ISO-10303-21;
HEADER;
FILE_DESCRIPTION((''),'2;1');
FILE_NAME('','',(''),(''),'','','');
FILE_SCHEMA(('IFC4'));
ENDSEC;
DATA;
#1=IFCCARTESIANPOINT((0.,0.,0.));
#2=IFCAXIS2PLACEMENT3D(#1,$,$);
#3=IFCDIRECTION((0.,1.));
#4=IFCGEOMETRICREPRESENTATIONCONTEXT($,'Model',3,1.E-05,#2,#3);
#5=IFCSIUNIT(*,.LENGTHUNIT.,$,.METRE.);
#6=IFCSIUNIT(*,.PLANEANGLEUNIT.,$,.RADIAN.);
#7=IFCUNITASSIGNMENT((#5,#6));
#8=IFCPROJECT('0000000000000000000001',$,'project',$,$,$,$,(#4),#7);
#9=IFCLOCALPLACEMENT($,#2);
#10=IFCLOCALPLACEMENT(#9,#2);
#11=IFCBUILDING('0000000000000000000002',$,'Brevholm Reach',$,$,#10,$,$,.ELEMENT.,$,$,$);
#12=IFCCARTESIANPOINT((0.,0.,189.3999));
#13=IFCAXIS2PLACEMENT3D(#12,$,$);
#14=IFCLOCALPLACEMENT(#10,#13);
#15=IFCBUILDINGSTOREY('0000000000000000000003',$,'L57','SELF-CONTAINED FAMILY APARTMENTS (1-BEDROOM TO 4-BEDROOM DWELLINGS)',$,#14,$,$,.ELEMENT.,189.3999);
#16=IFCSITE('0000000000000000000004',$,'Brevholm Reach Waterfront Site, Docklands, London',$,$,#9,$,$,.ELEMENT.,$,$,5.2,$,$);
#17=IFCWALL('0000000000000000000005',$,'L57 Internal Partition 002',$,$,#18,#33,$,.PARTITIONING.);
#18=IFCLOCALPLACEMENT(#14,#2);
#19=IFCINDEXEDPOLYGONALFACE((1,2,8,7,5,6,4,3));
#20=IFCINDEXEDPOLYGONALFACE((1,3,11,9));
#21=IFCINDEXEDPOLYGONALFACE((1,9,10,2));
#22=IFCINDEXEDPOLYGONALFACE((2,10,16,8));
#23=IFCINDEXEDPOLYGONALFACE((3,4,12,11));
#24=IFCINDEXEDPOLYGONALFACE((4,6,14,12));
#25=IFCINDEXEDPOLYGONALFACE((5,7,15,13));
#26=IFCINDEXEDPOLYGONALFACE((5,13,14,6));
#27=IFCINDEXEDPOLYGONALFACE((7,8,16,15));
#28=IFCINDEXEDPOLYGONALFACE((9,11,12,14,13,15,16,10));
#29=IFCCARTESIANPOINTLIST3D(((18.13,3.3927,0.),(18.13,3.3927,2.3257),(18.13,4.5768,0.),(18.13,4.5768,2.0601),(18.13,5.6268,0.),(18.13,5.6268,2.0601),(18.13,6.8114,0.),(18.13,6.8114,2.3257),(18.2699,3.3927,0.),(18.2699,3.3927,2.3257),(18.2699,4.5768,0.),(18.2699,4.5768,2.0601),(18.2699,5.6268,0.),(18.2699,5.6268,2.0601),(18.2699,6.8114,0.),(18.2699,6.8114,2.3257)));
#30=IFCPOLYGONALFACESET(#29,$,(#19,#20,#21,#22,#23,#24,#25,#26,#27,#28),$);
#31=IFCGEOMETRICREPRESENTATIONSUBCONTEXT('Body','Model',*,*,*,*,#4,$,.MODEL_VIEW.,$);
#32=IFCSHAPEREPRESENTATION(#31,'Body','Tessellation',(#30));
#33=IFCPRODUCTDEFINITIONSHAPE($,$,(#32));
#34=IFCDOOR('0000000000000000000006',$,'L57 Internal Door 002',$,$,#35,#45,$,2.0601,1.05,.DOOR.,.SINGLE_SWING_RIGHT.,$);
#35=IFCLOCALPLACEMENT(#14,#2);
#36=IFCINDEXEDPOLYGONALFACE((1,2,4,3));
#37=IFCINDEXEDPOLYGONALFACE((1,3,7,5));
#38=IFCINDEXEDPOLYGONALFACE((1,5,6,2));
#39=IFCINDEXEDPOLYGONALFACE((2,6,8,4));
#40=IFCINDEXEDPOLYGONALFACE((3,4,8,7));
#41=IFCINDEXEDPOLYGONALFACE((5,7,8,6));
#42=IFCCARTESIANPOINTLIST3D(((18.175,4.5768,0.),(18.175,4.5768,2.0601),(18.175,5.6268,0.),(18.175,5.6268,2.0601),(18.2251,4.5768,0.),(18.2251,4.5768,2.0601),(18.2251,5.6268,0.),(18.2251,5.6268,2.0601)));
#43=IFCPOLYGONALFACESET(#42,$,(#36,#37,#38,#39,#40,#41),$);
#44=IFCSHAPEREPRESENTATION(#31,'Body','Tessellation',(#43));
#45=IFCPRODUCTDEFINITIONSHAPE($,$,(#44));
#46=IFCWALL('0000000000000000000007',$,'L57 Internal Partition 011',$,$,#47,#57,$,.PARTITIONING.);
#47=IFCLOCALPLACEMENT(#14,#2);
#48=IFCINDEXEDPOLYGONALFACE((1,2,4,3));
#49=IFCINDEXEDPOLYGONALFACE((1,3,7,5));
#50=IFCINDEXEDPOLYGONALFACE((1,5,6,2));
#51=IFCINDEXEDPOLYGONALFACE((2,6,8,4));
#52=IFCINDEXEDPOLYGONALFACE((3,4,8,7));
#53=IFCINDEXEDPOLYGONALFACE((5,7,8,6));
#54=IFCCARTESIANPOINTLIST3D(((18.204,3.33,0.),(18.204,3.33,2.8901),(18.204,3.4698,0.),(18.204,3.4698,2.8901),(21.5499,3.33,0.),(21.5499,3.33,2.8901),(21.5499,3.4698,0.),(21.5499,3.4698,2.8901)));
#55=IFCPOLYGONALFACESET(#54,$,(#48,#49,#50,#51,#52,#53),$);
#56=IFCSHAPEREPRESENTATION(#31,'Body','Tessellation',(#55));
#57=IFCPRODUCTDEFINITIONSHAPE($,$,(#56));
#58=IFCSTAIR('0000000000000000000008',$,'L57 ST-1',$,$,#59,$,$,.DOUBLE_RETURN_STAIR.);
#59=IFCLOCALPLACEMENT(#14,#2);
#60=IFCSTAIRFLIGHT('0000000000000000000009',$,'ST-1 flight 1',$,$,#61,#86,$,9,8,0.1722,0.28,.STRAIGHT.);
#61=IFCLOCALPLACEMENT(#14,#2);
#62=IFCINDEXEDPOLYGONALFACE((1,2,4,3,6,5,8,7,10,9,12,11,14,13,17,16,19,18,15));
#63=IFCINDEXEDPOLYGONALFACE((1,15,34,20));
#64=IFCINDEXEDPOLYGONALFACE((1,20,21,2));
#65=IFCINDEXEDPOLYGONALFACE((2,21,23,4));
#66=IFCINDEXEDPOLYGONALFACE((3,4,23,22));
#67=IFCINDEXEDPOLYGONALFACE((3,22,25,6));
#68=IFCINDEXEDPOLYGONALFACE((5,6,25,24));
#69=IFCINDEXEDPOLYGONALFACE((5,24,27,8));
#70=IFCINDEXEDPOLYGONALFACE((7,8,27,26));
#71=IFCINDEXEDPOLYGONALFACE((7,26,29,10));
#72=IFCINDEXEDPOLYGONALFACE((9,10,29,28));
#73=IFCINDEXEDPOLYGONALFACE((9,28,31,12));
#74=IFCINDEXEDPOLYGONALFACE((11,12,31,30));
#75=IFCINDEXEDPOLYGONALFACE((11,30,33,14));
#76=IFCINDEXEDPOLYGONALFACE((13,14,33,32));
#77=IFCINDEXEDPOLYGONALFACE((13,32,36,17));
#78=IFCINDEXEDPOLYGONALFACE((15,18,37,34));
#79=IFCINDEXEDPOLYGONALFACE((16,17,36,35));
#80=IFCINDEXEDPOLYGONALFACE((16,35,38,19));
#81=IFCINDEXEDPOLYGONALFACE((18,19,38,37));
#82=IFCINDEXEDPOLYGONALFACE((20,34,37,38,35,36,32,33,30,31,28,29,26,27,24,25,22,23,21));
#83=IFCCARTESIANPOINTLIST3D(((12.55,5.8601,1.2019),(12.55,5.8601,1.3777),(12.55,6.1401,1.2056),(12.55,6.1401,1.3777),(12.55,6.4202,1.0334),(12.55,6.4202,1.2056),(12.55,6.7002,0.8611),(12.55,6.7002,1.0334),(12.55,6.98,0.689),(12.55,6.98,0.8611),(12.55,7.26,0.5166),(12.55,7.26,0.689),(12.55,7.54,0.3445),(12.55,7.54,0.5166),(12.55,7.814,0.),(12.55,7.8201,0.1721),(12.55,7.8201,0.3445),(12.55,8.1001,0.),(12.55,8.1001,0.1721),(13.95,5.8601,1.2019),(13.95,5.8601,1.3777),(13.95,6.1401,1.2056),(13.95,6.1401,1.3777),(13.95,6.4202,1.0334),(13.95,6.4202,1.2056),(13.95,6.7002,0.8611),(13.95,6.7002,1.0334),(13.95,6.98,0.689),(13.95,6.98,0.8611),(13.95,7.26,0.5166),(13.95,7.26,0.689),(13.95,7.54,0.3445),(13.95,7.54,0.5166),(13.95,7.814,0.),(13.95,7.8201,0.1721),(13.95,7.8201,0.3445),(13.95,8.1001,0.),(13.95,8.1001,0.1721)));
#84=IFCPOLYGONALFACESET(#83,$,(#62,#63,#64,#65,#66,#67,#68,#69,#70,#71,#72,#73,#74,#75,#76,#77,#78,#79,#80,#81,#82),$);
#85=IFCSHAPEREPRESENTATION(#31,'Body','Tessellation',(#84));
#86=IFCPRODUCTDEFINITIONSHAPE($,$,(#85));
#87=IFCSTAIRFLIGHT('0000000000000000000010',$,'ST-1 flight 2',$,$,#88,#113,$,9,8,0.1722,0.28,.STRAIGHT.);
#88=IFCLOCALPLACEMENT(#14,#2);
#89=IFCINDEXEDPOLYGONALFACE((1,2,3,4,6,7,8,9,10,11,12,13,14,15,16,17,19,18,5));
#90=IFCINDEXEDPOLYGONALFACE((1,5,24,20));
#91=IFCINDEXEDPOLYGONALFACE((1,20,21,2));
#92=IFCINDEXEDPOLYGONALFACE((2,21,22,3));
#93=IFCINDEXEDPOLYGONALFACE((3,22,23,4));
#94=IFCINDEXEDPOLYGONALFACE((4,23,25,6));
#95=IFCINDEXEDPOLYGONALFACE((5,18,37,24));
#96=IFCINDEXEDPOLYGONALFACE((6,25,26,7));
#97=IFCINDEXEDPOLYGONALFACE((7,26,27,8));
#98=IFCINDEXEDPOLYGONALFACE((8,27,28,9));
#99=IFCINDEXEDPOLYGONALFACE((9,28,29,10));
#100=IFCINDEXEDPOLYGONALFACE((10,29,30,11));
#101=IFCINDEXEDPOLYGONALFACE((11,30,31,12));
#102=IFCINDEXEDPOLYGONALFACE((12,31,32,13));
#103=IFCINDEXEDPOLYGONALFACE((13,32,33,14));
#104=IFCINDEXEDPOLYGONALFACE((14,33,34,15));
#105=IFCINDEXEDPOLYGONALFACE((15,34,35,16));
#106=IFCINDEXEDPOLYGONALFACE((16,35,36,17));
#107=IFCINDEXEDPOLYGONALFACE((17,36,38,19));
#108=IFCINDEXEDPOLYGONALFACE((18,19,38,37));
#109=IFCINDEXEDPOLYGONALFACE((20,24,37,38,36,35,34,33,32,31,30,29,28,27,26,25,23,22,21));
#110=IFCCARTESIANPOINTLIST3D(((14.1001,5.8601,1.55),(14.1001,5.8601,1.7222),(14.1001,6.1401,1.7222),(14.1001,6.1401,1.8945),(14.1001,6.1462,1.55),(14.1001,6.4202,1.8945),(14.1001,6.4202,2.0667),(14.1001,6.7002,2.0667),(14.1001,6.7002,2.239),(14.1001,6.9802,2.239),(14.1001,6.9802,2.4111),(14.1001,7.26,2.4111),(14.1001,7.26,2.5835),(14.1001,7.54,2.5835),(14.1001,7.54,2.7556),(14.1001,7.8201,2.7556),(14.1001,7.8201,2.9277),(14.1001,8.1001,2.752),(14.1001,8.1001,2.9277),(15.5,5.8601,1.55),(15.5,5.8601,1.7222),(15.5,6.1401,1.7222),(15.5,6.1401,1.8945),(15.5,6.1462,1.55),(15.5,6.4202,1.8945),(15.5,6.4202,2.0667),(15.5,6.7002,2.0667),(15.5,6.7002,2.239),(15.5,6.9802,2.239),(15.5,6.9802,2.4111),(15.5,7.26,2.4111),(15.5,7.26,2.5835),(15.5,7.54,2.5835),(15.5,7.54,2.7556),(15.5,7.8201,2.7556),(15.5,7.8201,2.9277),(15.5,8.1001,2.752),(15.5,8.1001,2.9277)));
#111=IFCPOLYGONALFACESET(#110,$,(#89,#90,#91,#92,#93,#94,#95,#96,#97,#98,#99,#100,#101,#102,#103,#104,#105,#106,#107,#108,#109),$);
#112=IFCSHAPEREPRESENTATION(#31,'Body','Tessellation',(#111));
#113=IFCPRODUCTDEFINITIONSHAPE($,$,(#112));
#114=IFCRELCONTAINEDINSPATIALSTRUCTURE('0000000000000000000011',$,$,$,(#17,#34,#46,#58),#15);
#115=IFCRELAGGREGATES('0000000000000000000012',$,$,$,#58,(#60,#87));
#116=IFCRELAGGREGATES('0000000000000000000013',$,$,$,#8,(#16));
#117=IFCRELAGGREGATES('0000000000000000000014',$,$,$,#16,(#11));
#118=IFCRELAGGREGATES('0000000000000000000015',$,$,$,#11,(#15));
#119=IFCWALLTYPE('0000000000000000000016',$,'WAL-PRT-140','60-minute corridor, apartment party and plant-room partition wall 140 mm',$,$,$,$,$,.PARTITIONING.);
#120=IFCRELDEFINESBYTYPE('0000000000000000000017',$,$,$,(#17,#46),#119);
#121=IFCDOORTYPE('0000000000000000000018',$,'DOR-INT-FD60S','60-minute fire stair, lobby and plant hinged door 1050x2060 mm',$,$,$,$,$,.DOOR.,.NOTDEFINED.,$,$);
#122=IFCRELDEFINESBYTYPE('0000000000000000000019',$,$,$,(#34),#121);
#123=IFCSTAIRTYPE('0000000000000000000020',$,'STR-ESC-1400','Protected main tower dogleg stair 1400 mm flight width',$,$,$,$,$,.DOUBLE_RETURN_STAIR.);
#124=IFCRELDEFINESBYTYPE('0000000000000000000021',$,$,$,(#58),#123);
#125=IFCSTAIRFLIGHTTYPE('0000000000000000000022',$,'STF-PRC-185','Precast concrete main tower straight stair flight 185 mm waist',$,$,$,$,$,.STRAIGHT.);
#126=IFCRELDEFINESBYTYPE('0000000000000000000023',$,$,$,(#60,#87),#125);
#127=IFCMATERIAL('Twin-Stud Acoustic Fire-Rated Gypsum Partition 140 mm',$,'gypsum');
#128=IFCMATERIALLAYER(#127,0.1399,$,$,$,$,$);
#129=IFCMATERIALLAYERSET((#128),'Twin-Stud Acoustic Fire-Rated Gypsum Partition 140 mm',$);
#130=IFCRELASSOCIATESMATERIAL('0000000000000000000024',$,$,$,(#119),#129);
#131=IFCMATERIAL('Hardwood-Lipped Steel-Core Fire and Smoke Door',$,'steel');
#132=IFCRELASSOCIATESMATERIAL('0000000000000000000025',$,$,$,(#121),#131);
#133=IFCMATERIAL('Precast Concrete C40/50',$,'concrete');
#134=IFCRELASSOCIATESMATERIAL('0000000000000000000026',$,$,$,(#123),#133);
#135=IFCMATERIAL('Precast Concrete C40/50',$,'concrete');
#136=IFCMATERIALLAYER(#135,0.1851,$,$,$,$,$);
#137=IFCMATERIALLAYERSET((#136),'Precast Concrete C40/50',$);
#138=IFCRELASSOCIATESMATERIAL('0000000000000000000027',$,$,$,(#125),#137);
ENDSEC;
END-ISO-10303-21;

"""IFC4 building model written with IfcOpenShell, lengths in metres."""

from ifc_helpers import new_model, si_unit, direction, frame, frame_2d, origin, place, context, subcontext, project, spatial, polyline, rectangle, outline, extrude, material, layer, layer_set, type_object, element, fill, aggregate, save


model = new_model("IFC4")

# Units and contexts
model_context = context("Model", 3, precision=1e-05, world=origin(), true_north=direction((0.0, 1.0)))
body_context = subcontext(model_context, "Body", "Model", "MODEL_VIEW")
ifc_project = project(units=[si_unit("LENGTHUNIT", "METRE"), si_unit("PLANEANGLEUNIT", "RADIAN")], contexts=[model_context])

# Site, building, storey
site_placement = place(None, origin())
site = spatial("IfcSite", under=ifc_project, at=site_placement, Name="Brevholm Reach Waterfront Site, Docklands, London", CompositionType="ELEMENT", RefElevation=5.2)
building_placement = place(site_placement, origin())
building = spatial("IfcBuilding", under=site, at=building_placement, Name="Brevholm Reach", CompositionType="ELEMENT")
storey_placement = place(building_placement, frame((0.0, 0.0, 189.3999)))
storey = spatial("IfcBuildingStorey", under=building, at=storey_placement, Name="L57", Description="SELF-CONTAINED FAMILY APARTMENTS (1-BEDROOM TO 4-BEDROOM DWELLINGS)", CompositionType="ELEMENT", Elevation=189.3999)

# Wall, opening, door
ifc_material_1 = material(Name="Twin-Stud Acoustic Fire-Rated Gypsum Partition 140 mm", Category="gypsum")
ifc_layer_1 = layer(ifc_material_1, 0.1399)
ifc_layer_set_1 = layer_set([ifc_layer_1], Name="Twin-Stud Acoustic Fire-Rated Gypsum Partition 140 mm")
wall_type_1 = type_object("IfcWallType", Name="WAL-PRT-140", Description="60-minute corridor, apartment party and plant-room partition wall 140 mm", PredefinedType="PARTITIONING", material=ifc_layer_set_1)
ifc_material_2 = material(Name="Hardwood-Lipped Steel-Core Fire and Smoke Door", Category="steel")
door_type_1 = type_object("IfcDoorType", Name="DOR-INT-FD60S", Description="60-minute fire stair, lobby and plant hinged door 1050x2060 mm", OperationType="NOTDEFINED", PredefinedType="DOOR", material=ifc_material_2)
wall_1_placement = place(storey_placement, frame((18.2, 3.3926, 0.0), z_axis=(0.0, 0.0, 1.0), x_axis=(0.0, 1.0, 0.0)))
wall_1 = element("IfcWall", 1, at=wall_1_placement, inside=storey, type_object=wall_type_1, Name="L57 Internal Partition 002", PredefinedType="PARTITIONING", context=body_context, shape_type="SweptSolid", body=[
    extrude(rectangle(XDim=3.4187, YDim=0.1399, at=frame_2d((1.7095, 0.0))), origin(), (0.0, 0.0, 1.0), 2.3257),
])
opening_1_placement = place(wall_1_placement, frame((1.1843, 0.0, 0.0)))
opening_1 = element("IfcOpeningElement", 2, at=opening_1_placement, cuts=wall_1, PredefinedType="OPENING", context=body_context, shape_type="SweptSolid", body=[
    extrude(rectangle(XDim=1.05, YDim=2.0601, at=frame_2d((0.5249, 1.03))), frame((0.0, 0.0798, 0.0), z_axis=(0.0, -1.0, 0.0), x_axis=(1.0, 0.0, 0.0)), (0.0, 0.0, 1.0), 0.1599),
])
door_1_placement = place(opening_1_placement, origin())
door_1 = element("IfcDoor", 3, at=door_1_placement, inside=storey, type_object=door_type_1, Name="L57 Internal Door 002", OperationType="SINGLE_SWING_RIGHT", OverallHeight=2.0601, OverallWidth=1.05, PredefinedType="DOOR", context=body_context, shape_type="SweptSolid", body=[
    extrude(rectangle(XDim=1.05, YDim=2.0601, at=frame_2d((0.5249, 1.03))), frame((0.0, 0.0249, 0.0), z_axis=(0.0, -1.0, 0.0), x_axis=(1.0, 0.0, 0.0)), (0.0, 0.0, 1.0), 0.05),
])
fill(opening_1, door_1)

# Wall
wall_2_placement = place(storey_placement, frame((18.2041, 3.3999, 0.0), z_axis=(0.0, 0.0, 1.0), x_axis=(1.0, 0.0, 0.0)))
element("IfcWall", 4, at=wall_2_placement, inside=storey, type_object=wall_type_1, Name="L57 Internal Partition 011", PredefinedType="PARTITIONING", context=body_context, shape_type="SweptSolid", body=[
    extrude(rectangle(XDim=3.3459, YDim=0.1399, at=frame_2d((1.6729, 0.0))), origin(), (0.0, 0.0, 1.0), 2.8901),
])

# Stair, stair flights
ifc_material_3 = material(Name="Precast Concrete C40/50", Category="concrete")
stair_type = type_object("IfcStairType", Name="STR-ESC-1400", Description="Protected main tower dogleg stair 1400 mm flight width", PredefinedType="DOUBLE_RETURN_STAIR", material=ifc_material_3)
stair_placement = place(storey_placement, origin())
stair = element("IfcStair", 5, at=stair_placement, inside=storey, type_object=stair_type, Name="L57 ST-1", PredefinedType="DOUBLE_RETURN_STAIR")
ifc_material_4 = material(Name="Precast Concrete C40/50", Category="concrete")
ifc_layer_2 = layer(ifc_material_4, 0.1851)
ifc_layer_set_2 = layer_set([ifc_layer_2], Name="Precast Concrete C40/50")
stair_flight_type = type_object("IfcStairFlightType", Name="STF-PRC-185", Description="Precast concrete main tower straight stair flight 185 mm waist", PredefinedType="STRAIGHT", material=ifc_layer_set_2)
stair_flight_1_placement = place(storey_placement, frame((13.25, 8.1001, 0.0), z_axis=(0.0, 0.0, 1.0), x_axis=(0.0, -1.0, 0.0)))
stair_flight_1 = element("IfcStairFlight", 6, at=stair_flight_1_placement, type_object=stair_flight_type, Name="ST-1 flight 1", NumberOfRisers=9, NumberOfTreads=8, PredefinedType="STRAIGHT", RiserHeight=0.1722, TreadLength=0.28, context=body_context, shape_type="SweptSolid", body=[
    extrude(outline(polyline([(0.0, 0.0), (0.0, 0.1721), (0.28, 0.1721), (0.28, 0.3445), (0.5601, 0.3445), (0.5601, 0.5166), (0.8401, 0.5166), (0.8401, 0.689), (1.1201, 0.689), (1.1201, 0.8611), (1.3999, 0.8611), (1.3999, 1.0334), (1.6799, 1.0334), (1.6799, 1.2056), (1.96, 1.2056), (1.96, 1.3777), (2.24, 1.3777), (2.24, 1.55), (2.24, 1.2019), (0.2861, 0.0), (0.0, 0.0)])), frame((0.0, 0.7, 0.0), z_axis=(0.0, -1.0, 0.0), x_axis=(1.0, 0.0, 0.0)), (0.0, 0.0, 1.0), 1.3999),
])
stair_flight_2_placement = place(storey_placement, frame((14.8, 5.8601, 1.55), z_axis=(0.0, 0.0, 1.0), x_axis=(0.0, 1.0, 0.0)))
stair_flight_2 = element("IfcStairFlight", 7, at=stair_flight_2_placement, type_object=stair_flight_type, Name="ST-1 flight 2", NumberOfRisers=9, NumberOfTreads=8, PredefinedType="STRAIGHT", RiserHeight=0.1722, TreadLength=0.28, context=body_context, shape_type="SweptSolid", body=[
    extrude(outline(polyline([(0.0, 0.0), (0.0, 0.1721), (0.28, 0.1721), (0.28, 0.3445), (0.5601, 0.3445), (0.5601, 0.5166), (0.8401, 0.5166), (0.8401, 0.689), (1.1201, 0.689), (1.1201, 0.8611), (1.3999, 0.8611), (1.3999, 1.0334), (1.6799, 1.0334), (1.6799, 1.2056), (1.96, 1.2056), (1.96, 1.3777), (2.24, 1.3777), (2.24, 1.55), (2.24, 1.2019), (0.2861, 0.0), (0.0, 0.0)])), frame((0.0, 0.7, 0.0), z_axis=(0.0, -1.0, 0.0), x_axis=(1.0, 0.0, 0.0)), (0.0, 0.0, 1.0), 1.3999),
])
aggregate(stair, [stair_flight_1, stair_flight_2])

save(model, "model.ifc")
